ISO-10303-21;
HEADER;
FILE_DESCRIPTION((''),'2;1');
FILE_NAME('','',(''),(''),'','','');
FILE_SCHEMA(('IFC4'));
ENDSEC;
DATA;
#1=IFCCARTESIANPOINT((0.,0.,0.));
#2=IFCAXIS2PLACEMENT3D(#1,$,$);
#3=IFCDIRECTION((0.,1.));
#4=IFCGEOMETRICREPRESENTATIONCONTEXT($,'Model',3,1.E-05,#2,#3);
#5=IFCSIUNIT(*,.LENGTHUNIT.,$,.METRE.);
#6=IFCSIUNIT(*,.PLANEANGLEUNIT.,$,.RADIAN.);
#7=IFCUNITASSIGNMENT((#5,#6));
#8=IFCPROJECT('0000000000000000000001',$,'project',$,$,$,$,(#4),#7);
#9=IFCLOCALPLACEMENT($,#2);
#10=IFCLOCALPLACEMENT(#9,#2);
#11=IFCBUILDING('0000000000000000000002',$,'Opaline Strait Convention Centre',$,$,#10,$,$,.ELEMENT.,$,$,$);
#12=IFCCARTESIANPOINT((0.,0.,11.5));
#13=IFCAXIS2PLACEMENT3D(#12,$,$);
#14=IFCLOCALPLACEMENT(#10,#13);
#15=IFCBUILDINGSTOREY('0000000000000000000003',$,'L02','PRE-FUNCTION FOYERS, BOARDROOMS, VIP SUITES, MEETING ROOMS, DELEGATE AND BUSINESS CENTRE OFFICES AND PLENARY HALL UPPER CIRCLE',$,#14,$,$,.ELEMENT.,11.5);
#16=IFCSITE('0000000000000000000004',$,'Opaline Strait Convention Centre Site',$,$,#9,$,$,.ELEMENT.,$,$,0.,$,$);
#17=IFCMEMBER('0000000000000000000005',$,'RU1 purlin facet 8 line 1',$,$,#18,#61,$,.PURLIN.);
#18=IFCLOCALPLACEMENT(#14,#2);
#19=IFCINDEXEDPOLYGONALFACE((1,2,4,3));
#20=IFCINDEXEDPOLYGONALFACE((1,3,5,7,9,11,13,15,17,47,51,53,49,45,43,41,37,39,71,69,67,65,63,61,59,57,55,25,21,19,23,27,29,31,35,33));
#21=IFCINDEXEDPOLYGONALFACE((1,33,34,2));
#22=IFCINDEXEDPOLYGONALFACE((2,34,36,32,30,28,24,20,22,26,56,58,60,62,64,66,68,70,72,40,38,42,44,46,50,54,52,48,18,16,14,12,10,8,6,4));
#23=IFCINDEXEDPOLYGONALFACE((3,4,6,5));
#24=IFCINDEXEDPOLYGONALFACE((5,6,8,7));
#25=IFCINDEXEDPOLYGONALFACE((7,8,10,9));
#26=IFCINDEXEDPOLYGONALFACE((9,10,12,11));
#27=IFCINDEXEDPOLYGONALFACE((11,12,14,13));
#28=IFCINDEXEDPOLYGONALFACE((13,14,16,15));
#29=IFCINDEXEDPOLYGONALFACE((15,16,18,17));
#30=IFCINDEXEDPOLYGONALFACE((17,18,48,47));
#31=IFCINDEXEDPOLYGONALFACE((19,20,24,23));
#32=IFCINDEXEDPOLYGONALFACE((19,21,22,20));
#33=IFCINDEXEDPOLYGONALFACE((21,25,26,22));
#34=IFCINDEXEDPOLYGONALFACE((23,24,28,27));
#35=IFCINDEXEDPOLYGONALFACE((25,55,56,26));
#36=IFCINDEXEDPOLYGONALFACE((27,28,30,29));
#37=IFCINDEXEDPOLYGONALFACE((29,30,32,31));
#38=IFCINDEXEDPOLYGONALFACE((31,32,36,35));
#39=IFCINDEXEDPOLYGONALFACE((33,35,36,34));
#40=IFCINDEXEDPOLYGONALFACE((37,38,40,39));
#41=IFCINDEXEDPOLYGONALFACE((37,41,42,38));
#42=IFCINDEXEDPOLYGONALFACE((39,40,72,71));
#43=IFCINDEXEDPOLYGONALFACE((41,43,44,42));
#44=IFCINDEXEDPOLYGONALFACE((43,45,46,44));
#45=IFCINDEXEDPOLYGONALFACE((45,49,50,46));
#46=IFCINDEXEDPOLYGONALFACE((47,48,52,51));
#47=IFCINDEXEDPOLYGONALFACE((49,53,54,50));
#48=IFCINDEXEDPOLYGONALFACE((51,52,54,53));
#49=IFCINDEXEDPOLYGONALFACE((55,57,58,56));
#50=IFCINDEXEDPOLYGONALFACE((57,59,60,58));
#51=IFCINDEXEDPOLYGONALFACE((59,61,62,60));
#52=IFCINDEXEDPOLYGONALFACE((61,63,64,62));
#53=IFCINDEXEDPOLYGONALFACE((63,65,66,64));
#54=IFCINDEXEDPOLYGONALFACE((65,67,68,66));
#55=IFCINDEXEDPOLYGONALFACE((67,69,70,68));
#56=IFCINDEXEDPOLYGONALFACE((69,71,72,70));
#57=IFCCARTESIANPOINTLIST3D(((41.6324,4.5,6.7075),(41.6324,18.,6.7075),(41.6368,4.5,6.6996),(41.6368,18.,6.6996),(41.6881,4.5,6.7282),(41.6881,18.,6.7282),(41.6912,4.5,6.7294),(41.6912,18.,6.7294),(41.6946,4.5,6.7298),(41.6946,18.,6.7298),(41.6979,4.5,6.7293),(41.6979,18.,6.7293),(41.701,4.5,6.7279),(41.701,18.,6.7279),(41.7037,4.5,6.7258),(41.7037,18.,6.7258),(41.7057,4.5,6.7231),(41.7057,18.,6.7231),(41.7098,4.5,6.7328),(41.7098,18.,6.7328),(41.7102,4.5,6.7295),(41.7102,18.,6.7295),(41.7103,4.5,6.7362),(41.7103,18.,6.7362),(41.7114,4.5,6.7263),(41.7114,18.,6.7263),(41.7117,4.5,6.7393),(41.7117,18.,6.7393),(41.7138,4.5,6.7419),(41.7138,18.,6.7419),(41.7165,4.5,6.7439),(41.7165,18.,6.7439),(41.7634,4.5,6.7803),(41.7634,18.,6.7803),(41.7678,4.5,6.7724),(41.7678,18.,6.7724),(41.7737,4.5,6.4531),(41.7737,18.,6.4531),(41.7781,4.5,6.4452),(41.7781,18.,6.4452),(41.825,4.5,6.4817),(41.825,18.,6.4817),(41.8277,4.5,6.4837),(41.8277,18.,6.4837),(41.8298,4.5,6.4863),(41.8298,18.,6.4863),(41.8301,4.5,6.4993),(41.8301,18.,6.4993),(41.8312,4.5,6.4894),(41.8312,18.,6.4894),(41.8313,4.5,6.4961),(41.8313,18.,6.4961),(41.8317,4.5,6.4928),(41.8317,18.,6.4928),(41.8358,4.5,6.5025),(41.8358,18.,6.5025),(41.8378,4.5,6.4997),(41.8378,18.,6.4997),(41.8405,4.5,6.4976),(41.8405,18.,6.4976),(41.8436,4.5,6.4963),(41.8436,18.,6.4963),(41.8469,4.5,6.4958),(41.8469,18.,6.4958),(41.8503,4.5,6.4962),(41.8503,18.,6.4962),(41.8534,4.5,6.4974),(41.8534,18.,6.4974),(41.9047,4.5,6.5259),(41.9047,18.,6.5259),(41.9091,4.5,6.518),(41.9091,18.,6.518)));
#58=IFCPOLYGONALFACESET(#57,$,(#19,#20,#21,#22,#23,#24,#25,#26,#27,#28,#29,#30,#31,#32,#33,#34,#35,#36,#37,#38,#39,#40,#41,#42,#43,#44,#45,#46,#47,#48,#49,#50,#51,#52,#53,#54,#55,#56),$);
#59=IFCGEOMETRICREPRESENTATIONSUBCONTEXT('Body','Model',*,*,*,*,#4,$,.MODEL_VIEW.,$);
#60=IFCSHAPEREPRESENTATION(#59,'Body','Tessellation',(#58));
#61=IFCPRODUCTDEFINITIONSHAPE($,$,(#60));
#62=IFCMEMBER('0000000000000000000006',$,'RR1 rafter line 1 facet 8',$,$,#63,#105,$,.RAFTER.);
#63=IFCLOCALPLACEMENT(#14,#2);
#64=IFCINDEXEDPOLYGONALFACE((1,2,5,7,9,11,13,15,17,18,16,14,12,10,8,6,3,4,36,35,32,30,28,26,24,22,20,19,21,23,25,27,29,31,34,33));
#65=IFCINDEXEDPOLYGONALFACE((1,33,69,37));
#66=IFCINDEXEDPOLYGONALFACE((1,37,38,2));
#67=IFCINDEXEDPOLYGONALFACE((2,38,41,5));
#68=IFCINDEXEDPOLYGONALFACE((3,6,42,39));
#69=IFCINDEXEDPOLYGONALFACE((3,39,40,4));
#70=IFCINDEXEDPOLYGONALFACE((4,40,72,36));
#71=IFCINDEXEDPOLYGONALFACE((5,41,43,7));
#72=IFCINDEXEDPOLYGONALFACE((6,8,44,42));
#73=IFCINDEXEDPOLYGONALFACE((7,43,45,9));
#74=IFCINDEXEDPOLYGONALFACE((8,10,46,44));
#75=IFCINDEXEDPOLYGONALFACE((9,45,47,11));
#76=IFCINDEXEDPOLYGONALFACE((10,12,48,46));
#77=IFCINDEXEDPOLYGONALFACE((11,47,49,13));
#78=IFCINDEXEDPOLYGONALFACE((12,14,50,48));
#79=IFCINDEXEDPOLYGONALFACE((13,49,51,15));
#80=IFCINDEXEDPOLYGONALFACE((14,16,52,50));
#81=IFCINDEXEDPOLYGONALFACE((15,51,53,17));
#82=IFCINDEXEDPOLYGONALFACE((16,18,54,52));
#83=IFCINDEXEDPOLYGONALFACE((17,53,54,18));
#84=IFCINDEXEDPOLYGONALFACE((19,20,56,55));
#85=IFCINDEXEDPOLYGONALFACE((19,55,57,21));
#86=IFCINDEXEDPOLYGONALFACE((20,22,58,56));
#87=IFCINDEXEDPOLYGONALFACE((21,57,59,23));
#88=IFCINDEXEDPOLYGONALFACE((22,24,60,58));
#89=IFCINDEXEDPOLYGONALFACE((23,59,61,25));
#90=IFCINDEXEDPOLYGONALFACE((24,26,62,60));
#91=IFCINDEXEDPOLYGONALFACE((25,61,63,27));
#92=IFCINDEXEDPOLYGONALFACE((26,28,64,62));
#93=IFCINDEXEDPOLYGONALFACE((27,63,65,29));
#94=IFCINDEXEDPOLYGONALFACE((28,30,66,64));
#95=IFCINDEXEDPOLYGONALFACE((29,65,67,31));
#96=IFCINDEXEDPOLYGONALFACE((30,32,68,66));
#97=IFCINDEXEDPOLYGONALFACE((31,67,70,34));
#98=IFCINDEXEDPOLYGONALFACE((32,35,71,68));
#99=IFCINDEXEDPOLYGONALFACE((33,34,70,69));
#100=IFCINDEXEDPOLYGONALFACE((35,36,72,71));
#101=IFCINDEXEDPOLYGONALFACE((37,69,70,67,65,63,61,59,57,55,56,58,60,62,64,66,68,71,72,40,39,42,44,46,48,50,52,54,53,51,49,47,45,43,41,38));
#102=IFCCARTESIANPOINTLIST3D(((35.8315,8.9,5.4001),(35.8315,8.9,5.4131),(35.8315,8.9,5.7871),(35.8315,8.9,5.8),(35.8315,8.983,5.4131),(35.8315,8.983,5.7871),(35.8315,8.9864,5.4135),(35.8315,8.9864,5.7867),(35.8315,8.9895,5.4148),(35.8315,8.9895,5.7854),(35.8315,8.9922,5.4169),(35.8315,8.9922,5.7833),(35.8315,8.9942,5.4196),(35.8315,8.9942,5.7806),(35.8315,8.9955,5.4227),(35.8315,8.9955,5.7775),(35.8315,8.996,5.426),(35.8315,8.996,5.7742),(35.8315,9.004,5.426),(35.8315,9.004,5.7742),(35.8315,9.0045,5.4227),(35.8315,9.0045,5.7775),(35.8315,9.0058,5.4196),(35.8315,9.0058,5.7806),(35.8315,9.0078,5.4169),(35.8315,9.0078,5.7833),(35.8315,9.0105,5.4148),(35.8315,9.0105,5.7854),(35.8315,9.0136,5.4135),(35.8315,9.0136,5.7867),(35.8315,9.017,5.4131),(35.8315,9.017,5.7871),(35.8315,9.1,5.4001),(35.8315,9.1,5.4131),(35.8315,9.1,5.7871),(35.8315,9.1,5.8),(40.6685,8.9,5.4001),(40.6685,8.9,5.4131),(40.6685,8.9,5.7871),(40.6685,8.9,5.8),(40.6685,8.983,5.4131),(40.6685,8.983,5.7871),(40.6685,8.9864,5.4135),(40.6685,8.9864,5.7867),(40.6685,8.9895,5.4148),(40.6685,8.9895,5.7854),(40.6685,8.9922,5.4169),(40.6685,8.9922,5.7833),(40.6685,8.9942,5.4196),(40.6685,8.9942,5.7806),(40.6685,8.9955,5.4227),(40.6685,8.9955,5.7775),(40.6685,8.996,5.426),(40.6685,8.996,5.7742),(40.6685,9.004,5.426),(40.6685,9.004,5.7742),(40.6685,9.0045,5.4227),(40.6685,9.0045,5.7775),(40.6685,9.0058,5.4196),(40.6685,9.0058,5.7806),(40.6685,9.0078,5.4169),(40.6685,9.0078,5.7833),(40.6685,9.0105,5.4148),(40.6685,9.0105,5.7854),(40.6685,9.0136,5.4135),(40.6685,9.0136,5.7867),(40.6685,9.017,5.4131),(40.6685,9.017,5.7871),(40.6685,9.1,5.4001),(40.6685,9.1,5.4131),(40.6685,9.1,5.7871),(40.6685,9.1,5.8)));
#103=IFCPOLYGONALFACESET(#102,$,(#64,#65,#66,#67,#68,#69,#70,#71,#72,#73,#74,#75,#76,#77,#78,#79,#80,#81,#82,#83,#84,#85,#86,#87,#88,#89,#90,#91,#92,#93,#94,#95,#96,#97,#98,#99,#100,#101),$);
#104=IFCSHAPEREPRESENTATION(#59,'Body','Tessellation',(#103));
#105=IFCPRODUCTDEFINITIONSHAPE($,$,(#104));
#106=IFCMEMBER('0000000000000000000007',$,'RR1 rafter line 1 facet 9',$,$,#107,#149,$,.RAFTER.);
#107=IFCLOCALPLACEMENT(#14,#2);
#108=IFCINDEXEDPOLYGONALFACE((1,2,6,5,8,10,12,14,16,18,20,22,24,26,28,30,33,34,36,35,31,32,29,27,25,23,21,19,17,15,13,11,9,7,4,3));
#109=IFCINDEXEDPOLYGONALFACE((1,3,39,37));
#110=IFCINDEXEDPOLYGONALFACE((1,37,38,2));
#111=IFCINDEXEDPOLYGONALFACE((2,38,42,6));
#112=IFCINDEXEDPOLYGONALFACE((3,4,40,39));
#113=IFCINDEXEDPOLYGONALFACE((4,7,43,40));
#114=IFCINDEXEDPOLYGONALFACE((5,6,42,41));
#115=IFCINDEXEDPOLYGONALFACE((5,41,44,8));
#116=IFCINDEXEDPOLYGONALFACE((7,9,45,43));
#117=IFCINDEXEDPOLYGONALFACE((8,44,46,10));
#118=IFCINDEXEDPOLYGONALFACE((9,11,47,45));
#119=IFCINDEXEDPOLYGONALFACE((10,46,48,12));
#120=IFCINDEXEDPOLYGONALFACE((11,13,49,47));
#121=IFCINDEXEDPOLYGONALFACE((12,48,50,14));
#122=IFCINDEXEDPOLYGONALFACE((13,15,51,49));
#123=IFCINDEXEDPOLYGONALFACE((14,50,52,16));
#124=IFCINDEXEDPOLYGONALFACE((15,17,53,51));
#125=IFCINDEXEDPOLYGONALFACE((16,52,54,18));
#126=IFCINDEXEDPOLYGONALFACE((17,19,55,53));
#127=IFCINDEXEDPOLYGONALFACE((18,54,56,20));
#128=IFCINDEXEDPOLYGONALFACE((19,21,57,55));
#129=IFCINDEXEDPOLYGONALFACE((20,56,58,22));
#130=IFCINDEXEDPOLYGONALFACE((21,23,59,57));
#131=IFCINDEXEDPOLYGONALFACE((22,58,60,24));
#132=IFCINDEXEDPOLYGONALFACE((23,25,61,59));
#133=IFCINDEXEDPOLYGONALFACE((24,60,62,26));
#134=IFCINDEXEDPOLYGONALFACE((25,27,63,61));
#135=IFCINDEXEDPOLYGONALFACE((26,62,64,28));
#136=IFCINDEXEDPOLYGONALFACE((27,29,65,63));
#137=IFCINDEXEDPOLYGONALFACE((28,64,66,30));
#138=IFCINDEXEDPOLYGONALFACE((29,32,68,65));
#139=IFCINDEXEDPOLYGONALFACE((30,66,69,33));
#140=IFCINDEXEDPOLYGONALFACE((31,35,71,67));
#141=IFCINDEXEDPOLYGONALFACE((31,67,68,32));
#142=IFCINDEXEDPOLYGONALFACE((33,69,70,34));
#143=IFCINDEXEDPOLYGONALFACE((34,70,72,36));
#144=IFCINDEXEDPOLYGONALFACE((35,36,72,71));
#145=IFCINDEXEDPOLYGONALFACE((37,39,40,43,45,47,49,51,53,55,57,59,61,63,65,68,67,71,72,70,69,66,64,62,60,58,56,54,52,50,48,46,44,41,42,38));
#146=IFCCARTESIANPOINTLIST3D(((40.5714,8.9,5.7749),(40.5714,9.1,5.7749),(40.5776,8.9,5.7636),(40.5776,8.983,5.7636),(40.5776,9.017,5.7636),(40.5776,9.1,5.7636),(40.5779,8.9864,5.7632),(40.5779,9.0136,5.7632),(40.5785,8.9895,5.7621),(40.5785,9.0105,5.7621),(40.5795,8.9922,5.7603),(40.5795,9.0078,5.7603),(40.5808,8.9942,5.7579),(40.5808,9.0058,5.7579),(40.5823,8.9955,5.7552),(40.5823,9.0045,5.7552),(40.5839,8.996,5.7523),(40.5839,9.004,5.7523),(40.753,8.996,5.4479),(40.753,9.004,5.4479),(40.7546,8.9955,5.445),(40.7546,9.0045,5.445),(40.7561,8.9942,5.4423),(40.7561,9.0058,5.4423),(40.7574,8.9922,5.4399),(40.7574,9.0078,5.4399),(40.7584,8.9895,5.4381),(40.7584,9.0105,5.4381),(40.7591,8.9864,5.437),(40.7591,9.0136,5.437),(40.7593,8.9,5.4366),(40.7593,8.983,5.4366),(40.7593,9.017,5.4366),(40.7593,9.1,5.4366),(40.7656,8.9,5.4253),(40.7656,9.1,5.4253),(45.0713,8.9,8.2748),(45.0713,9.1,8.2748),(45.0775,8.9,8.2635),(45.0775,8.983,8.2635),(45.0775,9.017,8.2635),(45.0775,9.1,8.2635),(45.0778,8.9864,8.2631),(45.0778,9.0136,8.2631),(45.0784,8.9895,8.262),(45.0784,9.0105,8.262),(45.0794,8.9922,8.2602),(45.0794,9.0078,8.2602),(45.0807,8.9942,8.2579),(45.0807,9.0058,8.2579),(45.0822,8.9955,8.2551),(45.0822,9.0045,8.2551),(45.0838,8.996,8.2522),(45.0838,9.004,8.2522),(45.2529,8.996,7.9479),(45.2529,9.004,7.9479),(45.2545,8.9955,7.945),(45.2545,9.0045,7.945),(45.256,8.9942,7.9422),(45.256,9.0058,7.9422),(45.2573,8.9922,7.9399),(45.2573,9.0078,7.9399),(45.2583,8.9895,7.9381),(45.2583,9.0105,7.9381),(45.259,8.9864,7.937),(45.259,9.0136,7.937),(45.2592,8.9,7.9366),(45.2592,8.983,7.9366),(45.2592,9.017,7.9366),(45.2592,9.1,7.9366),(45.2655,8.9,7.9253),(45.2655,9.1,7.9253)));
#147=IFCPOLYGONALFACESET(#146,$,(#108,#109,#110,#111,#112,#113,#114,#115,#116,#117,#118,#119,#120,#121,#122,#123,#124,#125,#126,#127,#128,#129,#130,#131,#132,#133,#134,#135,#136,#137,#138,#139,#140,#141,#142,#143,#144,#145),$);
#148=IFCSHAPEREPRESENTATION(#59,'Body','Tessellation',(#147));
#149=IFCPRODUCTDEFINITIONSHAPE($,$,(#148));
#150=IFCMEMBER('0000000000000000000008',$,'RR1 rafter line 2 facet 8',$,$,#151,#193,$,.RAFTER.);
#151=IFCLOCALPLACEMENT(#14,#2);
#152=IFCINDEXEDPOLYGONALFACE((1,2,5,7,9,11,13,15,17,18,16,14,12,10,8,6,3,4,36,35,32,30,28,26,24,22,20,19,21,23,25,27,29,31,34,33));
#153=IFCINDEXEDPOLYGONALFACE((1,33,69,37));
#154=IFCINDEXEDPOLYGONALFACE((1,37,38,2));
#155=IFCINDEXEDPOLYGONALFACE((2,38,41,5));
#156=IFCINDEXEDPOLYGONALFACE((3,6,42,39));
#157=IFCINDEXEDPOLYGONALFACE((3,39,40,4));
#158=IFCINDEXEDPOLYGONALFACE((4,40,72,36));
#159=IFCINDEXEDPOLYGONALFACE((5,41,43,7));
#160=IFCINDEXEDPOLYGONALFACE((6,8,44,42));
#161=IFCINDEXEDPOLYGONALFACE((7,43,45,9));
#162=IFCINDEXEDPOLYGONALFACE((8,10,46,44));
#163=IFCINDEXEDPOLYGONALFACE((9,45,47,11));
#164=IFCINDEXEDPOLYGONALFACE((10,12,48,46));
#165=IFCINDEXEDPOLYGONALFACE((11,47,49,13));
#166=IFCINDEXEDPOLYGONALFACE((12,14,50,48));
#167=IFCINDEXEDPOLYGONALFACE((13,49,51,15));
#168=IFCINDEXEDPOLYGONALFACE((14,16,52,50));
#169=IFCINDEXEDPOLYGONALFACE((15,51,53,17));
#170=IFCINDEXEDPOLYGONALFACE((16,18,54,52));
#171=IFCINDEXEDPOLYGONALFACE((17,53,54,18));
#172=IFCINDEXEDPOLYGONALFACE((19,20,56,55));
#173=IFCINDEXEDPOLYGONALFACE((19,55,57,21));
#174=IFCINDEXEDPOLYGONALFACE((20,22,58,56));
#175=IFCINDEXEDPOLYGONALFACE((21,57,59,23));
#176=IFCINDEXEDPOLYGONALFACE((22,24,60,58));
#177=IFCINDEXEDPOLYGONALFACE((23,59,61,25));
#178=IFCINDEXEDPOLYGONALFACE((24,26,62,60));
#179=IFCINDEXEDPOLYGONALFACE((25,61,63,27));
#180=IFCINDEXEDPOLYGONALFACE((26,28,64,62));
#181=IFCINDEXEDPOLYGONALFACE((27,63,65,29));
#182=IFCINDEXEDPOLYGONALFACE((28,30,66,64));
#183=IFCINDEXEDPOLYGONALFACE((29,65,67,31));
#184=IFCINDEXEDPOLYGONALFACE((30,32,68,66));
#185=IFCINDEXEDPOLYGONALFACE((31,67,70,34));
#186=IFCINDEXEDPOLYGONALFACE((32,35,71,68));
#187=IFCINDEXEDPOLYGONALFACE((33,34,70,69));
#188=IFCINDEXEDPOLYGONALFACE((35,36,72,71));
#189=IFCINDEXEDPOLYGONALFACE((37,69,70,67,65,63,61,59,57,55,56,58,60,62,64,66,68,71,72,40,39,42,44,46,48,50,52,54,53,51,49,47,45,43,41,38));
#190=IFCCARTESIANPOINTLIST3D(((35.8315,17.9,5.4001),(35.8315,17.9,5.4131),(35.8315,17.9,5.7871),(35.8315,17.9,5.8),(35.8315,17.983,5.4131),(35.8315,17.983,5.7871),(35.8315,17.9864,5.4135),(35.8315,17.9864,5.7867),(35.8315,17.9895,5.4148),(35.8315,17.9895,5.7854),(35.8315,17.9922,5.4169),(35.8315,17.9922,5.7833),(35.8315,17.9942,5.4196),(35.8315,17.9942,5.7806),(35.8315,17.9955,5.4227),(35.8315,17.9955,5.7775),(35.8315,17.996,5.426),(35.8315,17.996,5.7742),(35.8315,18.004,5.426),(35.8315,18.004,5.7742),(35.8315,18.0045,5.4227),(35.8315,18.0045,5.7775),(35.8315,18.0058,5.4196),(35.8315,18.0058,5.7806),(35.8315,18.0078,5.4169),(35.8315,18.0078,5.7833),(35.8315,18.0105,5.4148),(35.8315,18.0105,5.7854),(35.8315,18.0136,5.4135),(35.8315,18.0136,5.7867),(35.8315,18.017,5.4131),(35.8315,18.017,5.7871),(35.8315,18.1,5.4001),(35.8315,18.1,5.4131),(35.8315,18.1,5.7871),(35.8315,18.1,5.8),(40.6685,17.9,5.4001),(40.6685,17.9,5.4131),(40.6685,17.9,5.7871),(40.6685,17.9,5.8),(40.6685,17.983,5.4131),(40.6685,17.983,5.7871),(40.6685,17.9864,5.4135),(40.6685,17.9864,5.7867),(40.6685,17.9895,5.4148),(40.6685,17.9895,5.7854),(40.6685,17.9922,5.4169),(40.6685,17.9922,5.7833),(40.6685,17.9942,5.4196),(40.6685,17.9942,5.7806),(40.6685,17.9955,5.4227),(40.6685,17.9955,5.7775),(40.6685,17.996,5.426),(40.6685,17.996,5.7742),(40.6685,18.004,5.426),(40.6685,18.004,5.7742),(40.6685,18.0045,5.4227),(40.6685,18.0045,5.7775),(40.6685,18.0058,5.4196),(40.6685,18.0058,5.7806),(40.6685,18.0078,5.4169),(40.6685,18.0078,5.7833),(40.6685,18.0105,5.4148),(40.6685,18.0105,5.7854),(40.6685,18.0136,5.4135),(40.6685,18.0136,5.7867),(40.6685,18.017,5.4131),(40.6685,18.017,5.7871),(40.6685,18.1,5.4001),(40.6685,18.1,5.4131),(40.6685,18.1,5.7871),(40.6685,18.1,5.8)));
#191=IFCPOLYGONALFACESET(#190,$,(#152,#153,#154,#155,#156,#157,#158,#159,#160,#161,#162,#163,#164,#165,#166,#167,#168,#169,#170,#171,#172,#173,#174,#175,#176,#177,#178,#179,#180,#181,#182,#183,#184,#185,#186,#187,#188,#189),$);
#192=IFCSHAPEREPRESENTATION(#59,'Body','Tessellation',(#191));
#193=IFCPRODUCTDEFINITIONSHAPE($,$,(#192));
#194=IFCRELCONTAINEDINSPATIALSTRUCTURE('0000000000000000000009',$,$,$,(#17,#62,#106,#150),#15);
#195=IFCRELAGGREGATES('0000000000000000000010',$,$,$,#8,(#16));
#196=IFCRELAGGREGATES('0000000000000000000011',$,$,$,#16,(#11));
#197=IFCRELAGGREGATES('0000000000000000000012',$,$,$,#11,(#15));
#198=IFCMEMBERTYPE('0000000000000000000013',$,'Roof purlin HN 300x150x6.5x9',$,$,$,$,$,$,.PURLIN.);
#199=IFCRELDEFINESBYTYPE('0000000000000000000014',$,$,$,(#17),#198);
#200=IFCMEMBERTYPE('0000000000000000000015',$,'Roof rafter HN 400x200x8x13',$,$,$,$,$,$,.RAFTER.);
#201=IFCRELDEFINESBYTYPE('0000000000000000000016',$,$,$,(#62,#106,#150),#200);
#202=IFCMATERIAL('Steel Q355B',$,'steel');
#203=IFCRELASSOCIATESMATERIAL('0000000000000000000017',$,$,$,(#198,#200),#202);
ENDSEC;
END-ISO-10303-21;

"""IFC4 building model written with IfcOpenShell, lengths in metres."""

from ifc_helpers import new_model, si_unit, direction, frame, origin, origin_2d, place, context, subcontext, project, spatial, i_section, extrude, material, material_profile, profile_set, type_object, element, save


model = new_model("IFC4")

# Units and contexts
model_context = context("Model", 3, precision=1e-05, world=origin(), true_north=direction((0.0, 1.0)))
body_context = subcontext(model_context, "Body", "Model", "MODEL_VIEW")
ifc_project = project(units=[si_unit("LENGTHUNIT", "METRE"), si_unit("PLANEANGLEUNIT", "RADIAN")], contexts=[model_context])

# Site, building, storey
site_placement = place(None, origin())
site = spatial("IfcSite", under=ifc_project, at=site_placement, Name="Opaline Strait Convention Centre Site", CompositionType="ELEMENT", RefElevation=0.0)
building_placement = place(site_placement, origin())
building = spatial("IfcBuilding", under=site, at=building_placement, Name="Opaline Strait Convention Centre", CompositionType="ELEMENT")
storey_placement = place(building_placement, frame((0.0, 0.0, 11.5)))
storey = spatial("IfcBuildingStorey", under=building, at=storey_placement, Name="L02", Description="PRE-FUNCTION FOYERS, BOARDROOMS, VIP SUITES, MEETING ROOMS, DELEGATE AND BUSINESS CENTRE OFFICES AND PLENARY HALL UPPER CIRCLE", CompositionType="ELEMENT", Elevation=11.5)

# Shared definitions
ifc_material_1 = material(Name="Steel Q355B", Category="steel")

# Members
ifc_material_profile_1 = material_profile(ifc_material_1, i_section(OverallWidth=0.1499, OverallDepth=0.3, WebThickness=0.0066, FlangeThickness=0.009, FilletRadius=0.0129, at=origin_2d()), Name="HN 300x150x6.5x9")
ifc_profile_set_1 = profile_set([ifc_material_profile_1], Name="Steel Q355B")
member_type_1 = type_object("IfcMemberType", Name="Roof purlin HN 300x150x6.5x9", PredefinedType="PURLIN", material=ifc_profile_set_1)
member_1_placement = place(storey_placement, frame((41.7708, 4.5, 6.6128), z_axis=(0.0, 1.0, 0.0), x_axis=(-0.874157, 0.0, -0.485643)))
element("IfcMember", 1, at=member_1_placement, inside=storey, type_object=member_type_1, Name="RU1 purlin facet 8 line 1", PredefinedType="PURLIN", context=body_context, shape_type="SweptSolid", body=[
    extrude(i_section(OverallWidth=0.1499, OverallDepth=0.3, WebThickness=0.0066, FlangeThickness=0.009, FilletRadius=0.0129, at=origin_2d()), origin(), (0.0, 0.0, 1.0), 13.5),
])
ifc_material_profile_2 = material_profile(ifc_material_1, i_section(OverallWidth=0.2, OverallDepth=0.3999, WebThickness=0.0081, FlangeThickness=0.0129, FilletRadius=0.0129, at=origin_2d()), Name="HN 400x200x8x13")
ifc_profile_set_2 = profile_set([ifc_material_profile_2], Name="Steel Q355B")
member_type_2 = type_object("IfcMemberType", Name="Roof rafter HN 400x200x8x13", PredefinedType="RAFTER", material=ifc_profile_set_2)
member_2_placement = place(storey_placement, frame((35.8315, 9.0, 5.6001), z_axis=(1.0, 0.0, 0.0), x_axis=(0.0, 1.0, 0.0)))
element("IfcMember", 2, at=member_2_placement, inside=storey, type_object=member_type_2, Name="RR1 rafter line 1 facet 8", PredefinedType="RAFTER", context=body_context, shape_type="SweptSolid", body=[
    extrude(i_section(OverallWidth=0.2, OverallDepth=0.3999, WebThickness=0.0081, FlangeThickness=0.0129, FilletRadius=0.0129, at=origin_2d()), origin(), (0.0, 0.0, 1.0), 4.8369),
])
member_3_placement = place(storey_placement, frame((40.6685, 9.0, 5.6001), z_axis=(0.874157, 0.0, 0.485643), x_axis=(0.0, 1.0, 0.0)))
element("IfcMember", 3, at=member_3_placement, inside=storey, type_object=member_type_2, Name="RR1 rafter line 1 facet 9", PredefinedType="RAFTER", context=body_context, shape_type="SweptSolid", body=[
    extrude(i_section(OverallWidth=0.2, OverallDepth=0.3999, WebThickness=0.0081, FlangeThickness=0.0129, FilletRadius=0.0129, at=origin_2d()), origin(), (0.0, 0.0, 1.0), 5.1477),
])
member_4_placement = place(storey_placement, frame((35.8315, 18.0, 5.6001), z_axis=(1.0, 0.0, 0.0), x_axis=(0.0, 1.0, 0.0)))
element("IfcMember", 4, at=member_4_placement, inside=storey, type_object=member_type_2, Name="RR1 rafter line 2 facet 8", PredefinedType="RAFTER", context=body_context, shape_type="SweptSolid", body=[
    extrude(i_section(OverallWidth=0.2, OverallDepth=0.3999, WebThickness=0.0081, FlangeThickness=0.0129, FilletRadius=0.0129, at=origin_2d()), origin(), (0.0, 0.0, 1.0), 4.8369),
])

save(model, "model.ifc")
